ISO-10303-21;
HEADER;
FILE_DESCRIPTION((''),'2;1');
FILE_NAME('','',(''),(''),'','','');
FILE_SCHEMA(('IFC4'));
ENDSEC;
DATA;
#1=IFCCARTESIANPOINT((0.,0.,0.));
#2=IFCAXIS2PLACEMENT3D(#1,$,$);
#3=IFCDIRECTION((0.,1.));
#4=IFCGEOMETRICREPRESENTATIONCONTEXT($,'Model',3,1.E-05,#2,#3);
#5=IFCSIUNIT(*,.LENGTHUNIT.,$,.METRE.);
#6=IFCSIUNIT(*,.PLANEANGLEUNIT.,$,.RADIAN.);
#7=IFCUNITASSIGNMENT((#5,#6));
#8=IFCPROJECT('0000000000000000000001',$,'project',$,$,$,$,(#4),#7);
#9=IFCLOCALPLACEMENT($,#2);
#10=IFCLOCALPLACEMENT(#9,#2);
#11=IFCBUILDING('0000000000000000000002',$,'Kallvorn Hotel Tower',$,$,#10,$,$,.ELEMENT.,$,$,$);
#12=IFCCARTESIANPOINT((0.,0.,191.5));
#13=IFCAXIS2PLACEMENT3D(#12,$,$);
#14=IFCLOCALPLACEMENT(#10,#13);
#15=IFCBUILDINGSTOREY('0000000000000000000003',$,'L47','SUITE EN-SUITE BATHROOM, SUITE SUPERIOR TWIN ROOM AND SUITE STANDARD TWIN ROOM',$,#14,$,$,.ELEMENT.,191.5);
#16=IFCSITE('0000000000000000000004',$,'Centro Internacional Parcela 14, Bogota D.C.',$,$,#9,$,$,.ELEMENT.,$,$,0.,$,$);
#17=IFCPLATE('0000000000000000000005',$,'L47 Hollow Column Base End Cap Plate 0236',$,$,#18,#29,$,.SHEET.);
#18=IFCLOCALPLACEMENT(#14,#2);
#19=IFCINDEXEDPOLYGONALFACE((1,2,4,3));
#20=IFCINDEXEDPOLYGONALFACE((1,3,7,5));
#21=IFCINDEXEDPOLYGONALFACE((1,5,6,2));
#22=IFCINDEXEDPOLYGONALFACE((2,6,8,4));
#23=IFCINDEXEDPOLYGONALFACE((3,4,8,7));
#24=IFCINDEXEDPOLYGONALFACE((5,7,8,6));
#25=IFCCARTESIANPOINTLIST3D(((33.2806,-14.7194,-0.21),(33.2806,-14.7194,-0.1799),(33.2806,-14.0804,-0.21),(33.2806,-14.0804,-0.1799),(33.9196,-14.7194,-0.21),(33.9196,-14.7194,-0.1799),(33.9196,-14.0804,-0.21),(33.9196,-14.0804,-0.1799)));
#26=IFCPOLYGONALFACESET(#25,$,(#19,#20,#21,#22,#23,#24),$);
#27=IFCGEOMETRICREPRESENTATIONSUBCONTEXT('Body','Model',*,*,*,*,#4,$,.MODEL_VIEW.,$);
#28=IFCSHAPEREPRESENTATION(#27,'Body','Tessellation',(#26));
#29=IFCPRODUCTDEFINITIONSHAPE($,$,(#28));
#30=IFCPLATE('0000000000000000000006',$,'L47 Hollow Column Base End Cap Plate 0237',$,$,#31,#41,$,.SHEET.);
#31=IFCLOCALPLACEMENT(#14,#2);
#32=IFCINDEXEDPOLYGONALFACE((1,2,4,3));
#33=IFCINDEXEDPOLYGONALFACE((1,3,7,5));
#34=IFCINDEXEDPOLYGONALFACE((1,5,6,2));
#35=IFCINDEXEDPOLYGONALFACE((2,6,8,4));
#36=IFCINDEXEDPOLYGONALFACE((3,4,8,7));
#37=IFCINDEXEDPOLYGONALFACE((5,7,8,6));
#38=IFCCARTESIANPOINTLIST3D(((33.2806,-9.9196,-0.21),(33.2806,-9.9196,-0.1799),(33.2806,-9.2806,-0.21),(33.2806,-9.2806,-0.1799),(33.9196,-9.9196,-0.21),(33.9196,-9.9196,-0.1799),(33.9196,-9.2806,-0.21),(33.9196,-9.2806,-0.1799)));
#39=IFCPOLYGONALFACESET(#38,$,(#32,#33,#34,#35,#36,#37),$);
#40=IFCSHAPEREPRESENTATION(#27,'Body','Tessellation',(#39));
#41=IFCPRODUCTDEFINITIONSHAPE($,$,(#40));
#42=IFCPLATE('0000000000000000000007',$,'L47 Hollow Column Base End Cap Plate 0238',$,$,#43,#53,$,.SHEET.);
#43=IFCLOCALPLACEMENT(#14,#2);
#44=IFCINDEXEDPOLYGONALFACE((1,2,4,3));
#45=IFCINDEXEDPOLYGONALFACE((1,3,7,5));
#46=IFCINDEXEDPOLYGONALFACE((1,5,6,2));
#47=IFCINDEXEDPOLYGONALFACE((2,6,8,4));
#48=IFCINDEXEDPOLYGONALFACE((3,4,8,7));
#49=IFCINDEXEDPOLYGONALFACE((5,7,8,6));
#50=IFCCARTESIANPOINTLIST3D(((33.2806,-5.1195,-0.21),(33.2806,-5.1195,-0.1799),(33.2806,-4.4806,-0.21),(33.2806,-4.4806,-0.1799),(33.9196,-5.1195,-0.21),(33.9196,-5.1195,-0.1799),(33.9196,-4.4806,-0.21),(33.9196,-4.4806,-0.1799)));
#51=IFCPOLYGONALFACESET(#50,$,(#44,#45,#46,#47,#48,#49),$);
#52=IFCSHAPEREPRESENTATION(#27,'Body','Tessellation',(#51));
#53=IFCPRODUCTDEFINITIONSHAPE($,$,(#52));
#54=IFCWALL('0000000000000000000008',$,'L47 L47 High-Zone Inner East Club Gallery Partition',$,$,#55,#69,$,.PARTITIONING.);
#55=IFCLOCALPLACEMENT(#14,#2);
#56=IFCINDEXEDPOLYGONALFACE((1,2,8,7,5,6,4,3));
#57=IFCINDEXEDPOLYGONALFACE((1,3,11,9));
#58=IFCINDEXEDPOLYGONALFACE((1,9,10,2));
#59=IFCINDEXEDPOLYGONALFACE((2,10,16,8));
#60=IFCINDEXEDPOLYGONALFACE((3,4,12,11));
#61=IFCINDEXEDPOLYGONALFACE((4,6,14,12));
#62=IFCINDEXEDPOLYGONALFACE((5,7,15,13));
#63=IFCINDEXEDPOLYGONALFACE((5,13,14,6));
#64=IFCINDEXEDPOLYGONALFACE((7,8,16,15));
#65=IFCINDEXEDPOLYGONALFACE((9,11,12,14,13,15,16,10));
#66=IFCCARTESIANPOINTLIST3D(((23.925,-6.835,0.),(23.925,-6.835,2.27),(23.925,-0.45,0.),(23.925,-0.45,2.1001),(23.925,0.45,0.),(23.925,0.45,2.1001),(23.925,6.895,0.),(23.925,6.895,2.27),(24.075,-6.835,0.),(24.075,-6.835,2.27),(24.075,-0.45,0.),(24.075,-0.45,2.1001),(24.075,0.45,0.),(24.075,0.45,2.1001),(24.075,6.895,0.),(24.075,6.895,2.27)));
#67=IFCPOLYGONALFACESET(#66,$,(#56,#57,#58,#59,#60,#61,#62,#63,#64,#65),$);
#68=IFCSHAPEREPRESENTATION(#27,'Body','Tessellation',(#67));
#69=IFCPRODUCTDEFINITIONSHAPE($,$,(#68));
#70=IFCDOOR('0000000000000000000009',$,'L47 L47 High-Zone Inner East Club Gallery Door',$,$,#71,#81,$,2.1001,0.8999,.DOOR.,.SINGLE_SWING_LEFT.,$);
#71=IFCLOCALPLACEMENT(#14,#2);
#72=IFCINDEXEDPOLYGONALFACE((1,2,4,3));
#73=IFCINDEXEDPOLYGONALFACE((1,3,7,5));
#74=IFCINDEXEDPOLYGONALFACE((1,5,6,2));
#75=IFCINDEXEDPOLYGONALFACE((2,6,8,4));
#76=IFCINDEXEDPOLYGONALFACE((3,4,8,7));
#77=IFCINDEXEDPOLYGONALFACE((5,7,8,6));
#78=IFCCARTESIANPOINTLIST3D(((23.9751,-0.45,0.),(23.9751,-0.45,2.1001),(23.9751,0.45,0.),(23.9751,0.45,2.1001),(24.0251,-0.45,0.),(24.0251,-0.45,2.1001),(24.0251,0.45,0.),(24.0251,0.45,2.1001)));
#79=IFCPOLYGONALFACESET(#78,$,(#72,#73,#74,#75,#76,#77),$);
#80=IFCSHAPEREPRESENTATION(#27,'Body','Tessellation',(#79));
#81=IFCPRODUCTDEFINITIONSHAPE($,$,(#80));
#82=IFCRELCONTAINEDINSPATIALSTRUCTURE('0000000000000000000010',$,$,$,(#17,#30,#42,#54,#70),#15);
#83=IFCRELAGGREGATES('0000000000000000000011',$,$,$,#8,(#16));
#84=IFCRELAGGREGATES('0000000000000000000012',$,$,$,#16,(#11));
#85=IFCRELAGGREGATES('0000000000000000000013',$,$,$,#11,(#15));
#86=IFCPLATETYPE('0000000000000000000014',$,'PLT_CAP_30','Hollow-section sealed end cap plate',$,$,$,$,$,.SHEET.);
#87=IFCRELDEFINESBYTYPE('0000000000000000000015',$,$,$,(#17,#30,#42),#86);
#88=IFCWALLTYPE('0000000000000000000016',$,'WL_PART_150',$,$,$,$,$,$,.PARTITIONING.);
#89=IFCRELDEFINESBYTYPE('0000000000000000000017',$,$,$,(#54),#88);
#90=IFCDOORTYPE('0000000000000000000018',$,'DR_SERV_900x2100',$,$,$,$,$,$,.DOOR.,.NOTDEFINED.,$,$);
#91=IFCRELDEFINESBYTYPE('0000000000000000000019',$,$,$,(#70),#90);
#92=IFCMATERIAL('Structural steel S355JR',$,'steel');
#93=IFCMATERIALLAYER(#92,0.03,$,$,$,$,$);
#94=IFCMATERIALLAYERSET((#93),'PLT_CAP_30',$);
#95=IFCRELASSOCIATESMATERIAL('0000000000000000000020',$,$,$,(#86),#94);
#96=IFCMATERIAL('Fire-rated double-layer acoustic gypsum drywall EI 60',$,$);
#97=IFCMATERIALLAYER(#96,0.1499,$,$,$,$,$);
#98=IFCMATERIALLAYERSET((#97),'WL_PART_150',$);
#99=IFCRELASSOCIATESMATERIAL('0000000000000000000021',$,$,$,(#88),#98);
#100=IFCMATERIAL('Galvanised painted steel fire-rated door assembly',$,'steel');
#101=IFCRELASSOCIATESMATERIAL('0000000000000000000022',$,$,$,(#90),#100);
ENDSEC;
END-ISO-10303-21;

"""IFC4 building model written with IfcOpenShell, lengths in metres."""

from ifc_helpers import new_model, si_unit, direction, frame, frame_2d, origin, origin_2d, place, context, subcontext, project, spatial, rectangle, extrude, material, layer, layer_set, type_object, element, fill, save


model = new_model("IFC4")

# Units and contexts
model_context = context("Model", 3, precision=1e-05, world=origin(), true_north=direction((0.0, 1.0)))
body_context = subcontext(model_context, "Body", "Model", "MODEL_VIEW")
ifc_project = project(units=[si_unit("LENGTHUNIT", "METRE"), si_unit("PLANEANGLEUNIT", "RADIAN")], contexts=[model_context])

# Site, building, storey
site_placement = place(None, origin())
site = spatial("IfcSite", under=ifc_project, at=site_placement, Name="Centro Internacional Parcela 14, Bogota D.C.", CompositionType="ELEMENT", RefElevation=0.0)
building_placement = place(site_placement, origin())
building = spatial("IfcBuilding", under=site, at=building_placement, Name="Kallvorn Hotel Tower", CompositionType="ELEMENT")
storey_placement = place(building_placement, frame((0.0, 0.0, 191.5)))
storey = spatial("IfcBuildingStorey", under=building, at=storey_placement, Name="L47", Description="SUITE EN-SUITE BATHROOM, SUITE SUPERIOR TWIN ROOM AND SUITE STANDARD TWIN ROOM", CompositionType="ELEMENT", Elevation=191.5)

# Plates
ifc_material_1 = material(Name="Structural steel S355JR", Category="steel")
ifc_layer_1 = layer(ifc_material_1, 0.03)
ifc_layer_set_1 = layer_set([ifc_layer_1], Name="PLT_CAP_30")
plate_type = type_object("IfcPlateType", Name="PLT_CAP_30", Description="Hollow-section sealed end cap plate", PredefinedType="SHEET", material=ifc_layer_set_1)
for number, where, z_axis, x_axis, name in (
    (1, (33.6001, -14.3999, -0.21), (0.0, 0.0, 1.0), (1.0, 0.0, 0.0), "L47 Hollow Column Base End Cap Plate 0236"),
    (2, (33.6001, -9.6001, -0.21), (0.0, 0.0, 1.0), (1.0, 0.0, 0.0), "L47 Hollow Column Base End Cap Plate 0237"),
    (3, (33.6001, -4.8, -0.21), (0.0, 0.0, 1.0), (1.0, 0.0, 0.0), "L47 Hollow Column Base End Cap Plate 0238"),
):
    element("IfcPlate", number, at=place(storey_placement, frame(where, z_axis=z_axis, x_axis=x_axis)), inside=storey, type_object=plate_type, Name=name, PredefinedType="SHEET", context=body_context, shape_type="SweptSolid", body=[
        extrude(rectangle(XDim=0.6389, YDim=0.6389, at=origin_2d()), origin(), (0.0, 0.0, 1.0), 0.03),
    ])

# Wall, opening, door
ifc_material_2 = material(Name="Fire-rated double-layer acoustic gypsum drywall EI 60")
ifc_layer_2 = layer(ifc_material_2, 0.1499)
ifc_layer_set_2 = layer_set([ifc_layer_2], Name="WL_PART_150")
wall_type = type_object("IfcWallType", Name="WL_PART_150", PredefinedType="PARTITIONING", material=ifc_layer_set_2)
wall_placement = place(storey_placement, frame((24.0, -6.835, 0.0), z_axis=(0.0, 0.0, 1.0), x_axis=(0.0, 1.0, 0.0)))
wall = element("IfcWall", 4, at=wall_placement, inside=storey, type_object=wall_type, Name="L47 L47 High-Zone Inner East Club Gallery Partition", PredefinedType="PARTITIONING", context=body_context, shape_type="SweptSolid", body=[
    extrude(rectangle(XDim=13.73, YDim=0.1499, at=frame_2d((6.865, 0.0))), origin(), (0.0, 0.0, 1.0), 2.27),
])
opening_placement = place(wall_placement, frame((6.385, 0.0, 0.0)))
opening = element("IfcOpeningElement", 5, at=opening_placement, cuts=wall, PredefinedType="OPENING", context=body_context, shape_type="SweptSolid", body=[
    extrude(rectangle(XDim=0.8999, YDim=2.1001, at=frame_2d((0.45, 1.05))), frame((0.0, 0.0898, 0.0), z_axis=(0.0, -1.0, 0.0), x_axis=(1.0, 0.0, 0.0)), (0.0, 0.0, 1.0), 0.1799),
])
ifc_material_3 = material(Name="Galvanised painted steel fire-rated door assembly", Category="steel")
door_type = type_object("IfcDoorType", Name="DR_SERV_900x2100", OperationType="NOTDEFINED", PredefinedType="DOOR", material=ifc_material_3)
door_placement = place(opening_placement, origin())
door = element("IfcDoor", 6, at=door_placement, inside=storey, type_object=door_type, Name="L47 L47 High-Zone Inner East Club Gallery Door", OperationType="SINGLE_SWING_LEFT", OverallHeight=2.1001, OverallWidth=0.8999, PredefinedType="DOOR", context=body_context, shape_type="SweptSolid", body=[
    extrude(rectangle(XDim=0.8999, YDim=2.1001, at=frame_2d((0.45, 1.05))), frame((0.0, 0.0249, 0.0), z_axis=(0.0, -1.0, 0.0), x_axis=(1.0, 0.0, 0.0)), (0.0, 0.0, 1.0), 0.05),
])
fill(opening, door)

save(model, "model.ifc")
